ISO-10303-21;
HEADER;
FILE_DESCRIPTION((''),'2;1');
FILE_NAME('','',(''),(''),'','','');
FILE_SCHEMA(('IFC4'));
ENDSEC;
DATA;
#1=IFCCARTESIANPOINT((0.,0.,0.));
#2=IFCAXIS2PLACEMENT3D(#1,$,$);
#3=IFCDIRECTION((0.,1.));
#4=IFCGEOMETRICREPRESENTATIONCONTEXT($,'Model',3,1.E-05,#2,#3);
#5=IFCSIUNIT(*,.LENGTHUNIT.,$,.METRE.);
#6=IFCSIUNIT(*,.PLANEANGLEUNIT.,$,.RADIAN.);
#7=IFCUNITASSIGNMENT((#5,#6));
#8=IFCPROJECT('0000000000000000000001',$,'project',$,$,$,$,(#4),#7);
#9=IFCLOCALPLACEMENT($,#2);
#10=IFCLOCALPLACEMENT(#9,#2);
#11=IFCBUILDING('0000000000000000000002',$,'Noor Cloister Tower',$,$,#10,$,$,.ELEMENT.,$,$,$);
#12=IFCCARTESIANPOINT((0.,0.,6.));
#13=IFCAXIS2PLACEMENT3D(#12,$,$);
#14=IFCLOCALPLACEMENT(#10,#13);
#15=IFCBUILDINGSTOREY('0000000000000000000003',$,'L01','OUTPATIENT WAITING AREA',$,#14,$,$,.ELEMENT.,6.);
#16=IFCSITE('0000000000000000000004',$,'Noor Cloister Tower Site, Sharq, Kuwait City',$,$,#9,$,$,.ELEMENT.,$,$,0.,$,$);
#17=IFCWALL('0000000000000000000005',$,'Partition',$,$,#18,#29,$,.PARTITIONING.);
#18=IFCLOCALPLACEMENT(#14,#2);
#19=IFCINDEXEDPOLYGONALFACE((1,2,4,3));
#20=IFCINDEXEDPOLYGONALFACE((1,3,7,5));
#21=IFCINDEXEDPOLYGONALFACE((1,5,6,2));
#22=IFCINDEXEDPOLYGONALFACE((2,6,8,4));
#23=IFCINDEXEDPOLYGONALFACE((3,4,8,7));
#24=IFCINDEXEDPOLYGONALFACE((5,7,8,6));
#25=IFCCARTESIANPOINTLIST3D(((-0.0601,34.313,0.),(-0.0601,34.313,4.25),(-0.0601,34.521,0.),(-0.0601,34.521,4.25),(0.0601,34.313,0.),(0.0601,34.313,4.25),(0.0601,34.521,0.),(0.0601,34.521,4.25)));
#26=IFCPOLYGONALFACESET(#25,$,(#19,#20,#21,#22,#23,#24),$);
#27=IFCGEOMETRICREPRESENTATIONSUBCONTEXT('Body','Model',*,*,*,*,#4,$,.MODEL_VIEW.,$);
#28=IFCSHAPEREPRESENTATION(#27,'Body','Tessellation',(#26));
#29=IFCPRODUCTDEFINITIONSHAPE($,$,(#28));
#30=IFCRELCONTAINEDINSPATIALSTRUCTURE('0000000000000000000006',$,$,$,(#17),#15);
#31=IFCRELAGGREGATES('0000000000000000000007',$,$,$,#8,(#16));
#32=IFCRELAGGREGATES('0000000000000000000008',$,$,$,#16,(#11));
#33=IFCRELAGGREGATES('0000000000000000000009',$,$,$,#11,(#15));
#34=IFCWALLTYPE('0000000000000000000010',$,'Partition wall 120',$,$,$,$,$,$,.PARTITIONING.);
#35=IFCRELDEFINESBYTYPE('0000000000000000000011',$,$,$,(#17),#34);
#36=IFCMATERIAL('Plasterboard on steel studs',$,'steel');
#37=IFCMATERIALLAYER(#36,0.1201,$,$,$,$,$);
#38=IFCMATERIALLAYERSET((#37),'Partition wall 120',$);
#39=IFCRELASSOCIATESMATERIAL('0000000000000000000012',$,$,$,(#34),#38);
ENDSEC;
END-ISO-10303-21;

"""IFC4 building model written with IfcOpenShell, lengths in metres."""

from ifc_helpers import new_model, si_unit, direction, frame, frame_2d, origin, place, context, subcontext, project, spatial, rectangle, extrude, material, layer, layer_set, type_object, element, save


model = new_model("IFC4")

# Units and contexts
model_context = context("Model", 3, precision=1e-05, world=origin(), true_north=direction((0.0, 1.0)))
body_context = subcontext(model_context, "Body", "Model", "MODEL_VIEW")
ifc_project = project(units=[si_unit("LENGTHUNIT", "METRE"), si_unit("PLANEANGLEUNIT", "RADIAN")], contexts=[model_context])

# Site, building, storey
site_placement = place(None, origin())
site = spatial("IfcSite", under=ifc_project, at=site_placement, Name="Noor Cloister Tower Site, Sharq, Kuwait City", CompositionType="ELEMENT", RefElevation=0.0)
building_placement = place(site_placement, origin())
building = spatial("IfcBuilding", under=site, at=building_placement, Name="Noor Cloister Tower", CompositionType="ELEMENT")
storey_placement = place(building_placement, frame((0.0, 0.0, 6.0)))
storey = spatial("IfcBuildingStorey", under=building, at=storey_placement, Name="L01", Description="OUTPATIENT WAITING AREA", CompositionType="ELEMENT", Elevation=6.0)

# Wall
ifc_material_1 = material(Name="Plasterboard on steel studs", Category="steel")
ifc_layer_1 = layer(ifc_material_1, 0.1201)
ifc_layer_set_1 = layer_set([ifc_layer_1], Name="Partition wall 120")
wall_type_1 = type_object("IfcWallType", Name="Partition wall 120", PredefinedType="PARTITIONING", material=ifc_layer_set_1)
wall_1_placement = place(storey_placement, frame((0.0, 34.313, 0.0), z_axis=(0.0, 0.0, 1.0), x_axis=(0.0, 1.0, 0.0)))
element("IfcWall", 1, at=wall_1_placement, inside=storey, type_object=wall_type_1, Name="Partition", PredefinedType="PARTITIONING", context=body_context, shape_type="SweptSolid", body=[
    extrude(rectangle(XDim=0.208, YDim=0.1201, at=frame_2d((0.104, 0.0))), origin(), (0.0, 0.0, 1.0), 4.25),
])

save(model, "model.ifc")
